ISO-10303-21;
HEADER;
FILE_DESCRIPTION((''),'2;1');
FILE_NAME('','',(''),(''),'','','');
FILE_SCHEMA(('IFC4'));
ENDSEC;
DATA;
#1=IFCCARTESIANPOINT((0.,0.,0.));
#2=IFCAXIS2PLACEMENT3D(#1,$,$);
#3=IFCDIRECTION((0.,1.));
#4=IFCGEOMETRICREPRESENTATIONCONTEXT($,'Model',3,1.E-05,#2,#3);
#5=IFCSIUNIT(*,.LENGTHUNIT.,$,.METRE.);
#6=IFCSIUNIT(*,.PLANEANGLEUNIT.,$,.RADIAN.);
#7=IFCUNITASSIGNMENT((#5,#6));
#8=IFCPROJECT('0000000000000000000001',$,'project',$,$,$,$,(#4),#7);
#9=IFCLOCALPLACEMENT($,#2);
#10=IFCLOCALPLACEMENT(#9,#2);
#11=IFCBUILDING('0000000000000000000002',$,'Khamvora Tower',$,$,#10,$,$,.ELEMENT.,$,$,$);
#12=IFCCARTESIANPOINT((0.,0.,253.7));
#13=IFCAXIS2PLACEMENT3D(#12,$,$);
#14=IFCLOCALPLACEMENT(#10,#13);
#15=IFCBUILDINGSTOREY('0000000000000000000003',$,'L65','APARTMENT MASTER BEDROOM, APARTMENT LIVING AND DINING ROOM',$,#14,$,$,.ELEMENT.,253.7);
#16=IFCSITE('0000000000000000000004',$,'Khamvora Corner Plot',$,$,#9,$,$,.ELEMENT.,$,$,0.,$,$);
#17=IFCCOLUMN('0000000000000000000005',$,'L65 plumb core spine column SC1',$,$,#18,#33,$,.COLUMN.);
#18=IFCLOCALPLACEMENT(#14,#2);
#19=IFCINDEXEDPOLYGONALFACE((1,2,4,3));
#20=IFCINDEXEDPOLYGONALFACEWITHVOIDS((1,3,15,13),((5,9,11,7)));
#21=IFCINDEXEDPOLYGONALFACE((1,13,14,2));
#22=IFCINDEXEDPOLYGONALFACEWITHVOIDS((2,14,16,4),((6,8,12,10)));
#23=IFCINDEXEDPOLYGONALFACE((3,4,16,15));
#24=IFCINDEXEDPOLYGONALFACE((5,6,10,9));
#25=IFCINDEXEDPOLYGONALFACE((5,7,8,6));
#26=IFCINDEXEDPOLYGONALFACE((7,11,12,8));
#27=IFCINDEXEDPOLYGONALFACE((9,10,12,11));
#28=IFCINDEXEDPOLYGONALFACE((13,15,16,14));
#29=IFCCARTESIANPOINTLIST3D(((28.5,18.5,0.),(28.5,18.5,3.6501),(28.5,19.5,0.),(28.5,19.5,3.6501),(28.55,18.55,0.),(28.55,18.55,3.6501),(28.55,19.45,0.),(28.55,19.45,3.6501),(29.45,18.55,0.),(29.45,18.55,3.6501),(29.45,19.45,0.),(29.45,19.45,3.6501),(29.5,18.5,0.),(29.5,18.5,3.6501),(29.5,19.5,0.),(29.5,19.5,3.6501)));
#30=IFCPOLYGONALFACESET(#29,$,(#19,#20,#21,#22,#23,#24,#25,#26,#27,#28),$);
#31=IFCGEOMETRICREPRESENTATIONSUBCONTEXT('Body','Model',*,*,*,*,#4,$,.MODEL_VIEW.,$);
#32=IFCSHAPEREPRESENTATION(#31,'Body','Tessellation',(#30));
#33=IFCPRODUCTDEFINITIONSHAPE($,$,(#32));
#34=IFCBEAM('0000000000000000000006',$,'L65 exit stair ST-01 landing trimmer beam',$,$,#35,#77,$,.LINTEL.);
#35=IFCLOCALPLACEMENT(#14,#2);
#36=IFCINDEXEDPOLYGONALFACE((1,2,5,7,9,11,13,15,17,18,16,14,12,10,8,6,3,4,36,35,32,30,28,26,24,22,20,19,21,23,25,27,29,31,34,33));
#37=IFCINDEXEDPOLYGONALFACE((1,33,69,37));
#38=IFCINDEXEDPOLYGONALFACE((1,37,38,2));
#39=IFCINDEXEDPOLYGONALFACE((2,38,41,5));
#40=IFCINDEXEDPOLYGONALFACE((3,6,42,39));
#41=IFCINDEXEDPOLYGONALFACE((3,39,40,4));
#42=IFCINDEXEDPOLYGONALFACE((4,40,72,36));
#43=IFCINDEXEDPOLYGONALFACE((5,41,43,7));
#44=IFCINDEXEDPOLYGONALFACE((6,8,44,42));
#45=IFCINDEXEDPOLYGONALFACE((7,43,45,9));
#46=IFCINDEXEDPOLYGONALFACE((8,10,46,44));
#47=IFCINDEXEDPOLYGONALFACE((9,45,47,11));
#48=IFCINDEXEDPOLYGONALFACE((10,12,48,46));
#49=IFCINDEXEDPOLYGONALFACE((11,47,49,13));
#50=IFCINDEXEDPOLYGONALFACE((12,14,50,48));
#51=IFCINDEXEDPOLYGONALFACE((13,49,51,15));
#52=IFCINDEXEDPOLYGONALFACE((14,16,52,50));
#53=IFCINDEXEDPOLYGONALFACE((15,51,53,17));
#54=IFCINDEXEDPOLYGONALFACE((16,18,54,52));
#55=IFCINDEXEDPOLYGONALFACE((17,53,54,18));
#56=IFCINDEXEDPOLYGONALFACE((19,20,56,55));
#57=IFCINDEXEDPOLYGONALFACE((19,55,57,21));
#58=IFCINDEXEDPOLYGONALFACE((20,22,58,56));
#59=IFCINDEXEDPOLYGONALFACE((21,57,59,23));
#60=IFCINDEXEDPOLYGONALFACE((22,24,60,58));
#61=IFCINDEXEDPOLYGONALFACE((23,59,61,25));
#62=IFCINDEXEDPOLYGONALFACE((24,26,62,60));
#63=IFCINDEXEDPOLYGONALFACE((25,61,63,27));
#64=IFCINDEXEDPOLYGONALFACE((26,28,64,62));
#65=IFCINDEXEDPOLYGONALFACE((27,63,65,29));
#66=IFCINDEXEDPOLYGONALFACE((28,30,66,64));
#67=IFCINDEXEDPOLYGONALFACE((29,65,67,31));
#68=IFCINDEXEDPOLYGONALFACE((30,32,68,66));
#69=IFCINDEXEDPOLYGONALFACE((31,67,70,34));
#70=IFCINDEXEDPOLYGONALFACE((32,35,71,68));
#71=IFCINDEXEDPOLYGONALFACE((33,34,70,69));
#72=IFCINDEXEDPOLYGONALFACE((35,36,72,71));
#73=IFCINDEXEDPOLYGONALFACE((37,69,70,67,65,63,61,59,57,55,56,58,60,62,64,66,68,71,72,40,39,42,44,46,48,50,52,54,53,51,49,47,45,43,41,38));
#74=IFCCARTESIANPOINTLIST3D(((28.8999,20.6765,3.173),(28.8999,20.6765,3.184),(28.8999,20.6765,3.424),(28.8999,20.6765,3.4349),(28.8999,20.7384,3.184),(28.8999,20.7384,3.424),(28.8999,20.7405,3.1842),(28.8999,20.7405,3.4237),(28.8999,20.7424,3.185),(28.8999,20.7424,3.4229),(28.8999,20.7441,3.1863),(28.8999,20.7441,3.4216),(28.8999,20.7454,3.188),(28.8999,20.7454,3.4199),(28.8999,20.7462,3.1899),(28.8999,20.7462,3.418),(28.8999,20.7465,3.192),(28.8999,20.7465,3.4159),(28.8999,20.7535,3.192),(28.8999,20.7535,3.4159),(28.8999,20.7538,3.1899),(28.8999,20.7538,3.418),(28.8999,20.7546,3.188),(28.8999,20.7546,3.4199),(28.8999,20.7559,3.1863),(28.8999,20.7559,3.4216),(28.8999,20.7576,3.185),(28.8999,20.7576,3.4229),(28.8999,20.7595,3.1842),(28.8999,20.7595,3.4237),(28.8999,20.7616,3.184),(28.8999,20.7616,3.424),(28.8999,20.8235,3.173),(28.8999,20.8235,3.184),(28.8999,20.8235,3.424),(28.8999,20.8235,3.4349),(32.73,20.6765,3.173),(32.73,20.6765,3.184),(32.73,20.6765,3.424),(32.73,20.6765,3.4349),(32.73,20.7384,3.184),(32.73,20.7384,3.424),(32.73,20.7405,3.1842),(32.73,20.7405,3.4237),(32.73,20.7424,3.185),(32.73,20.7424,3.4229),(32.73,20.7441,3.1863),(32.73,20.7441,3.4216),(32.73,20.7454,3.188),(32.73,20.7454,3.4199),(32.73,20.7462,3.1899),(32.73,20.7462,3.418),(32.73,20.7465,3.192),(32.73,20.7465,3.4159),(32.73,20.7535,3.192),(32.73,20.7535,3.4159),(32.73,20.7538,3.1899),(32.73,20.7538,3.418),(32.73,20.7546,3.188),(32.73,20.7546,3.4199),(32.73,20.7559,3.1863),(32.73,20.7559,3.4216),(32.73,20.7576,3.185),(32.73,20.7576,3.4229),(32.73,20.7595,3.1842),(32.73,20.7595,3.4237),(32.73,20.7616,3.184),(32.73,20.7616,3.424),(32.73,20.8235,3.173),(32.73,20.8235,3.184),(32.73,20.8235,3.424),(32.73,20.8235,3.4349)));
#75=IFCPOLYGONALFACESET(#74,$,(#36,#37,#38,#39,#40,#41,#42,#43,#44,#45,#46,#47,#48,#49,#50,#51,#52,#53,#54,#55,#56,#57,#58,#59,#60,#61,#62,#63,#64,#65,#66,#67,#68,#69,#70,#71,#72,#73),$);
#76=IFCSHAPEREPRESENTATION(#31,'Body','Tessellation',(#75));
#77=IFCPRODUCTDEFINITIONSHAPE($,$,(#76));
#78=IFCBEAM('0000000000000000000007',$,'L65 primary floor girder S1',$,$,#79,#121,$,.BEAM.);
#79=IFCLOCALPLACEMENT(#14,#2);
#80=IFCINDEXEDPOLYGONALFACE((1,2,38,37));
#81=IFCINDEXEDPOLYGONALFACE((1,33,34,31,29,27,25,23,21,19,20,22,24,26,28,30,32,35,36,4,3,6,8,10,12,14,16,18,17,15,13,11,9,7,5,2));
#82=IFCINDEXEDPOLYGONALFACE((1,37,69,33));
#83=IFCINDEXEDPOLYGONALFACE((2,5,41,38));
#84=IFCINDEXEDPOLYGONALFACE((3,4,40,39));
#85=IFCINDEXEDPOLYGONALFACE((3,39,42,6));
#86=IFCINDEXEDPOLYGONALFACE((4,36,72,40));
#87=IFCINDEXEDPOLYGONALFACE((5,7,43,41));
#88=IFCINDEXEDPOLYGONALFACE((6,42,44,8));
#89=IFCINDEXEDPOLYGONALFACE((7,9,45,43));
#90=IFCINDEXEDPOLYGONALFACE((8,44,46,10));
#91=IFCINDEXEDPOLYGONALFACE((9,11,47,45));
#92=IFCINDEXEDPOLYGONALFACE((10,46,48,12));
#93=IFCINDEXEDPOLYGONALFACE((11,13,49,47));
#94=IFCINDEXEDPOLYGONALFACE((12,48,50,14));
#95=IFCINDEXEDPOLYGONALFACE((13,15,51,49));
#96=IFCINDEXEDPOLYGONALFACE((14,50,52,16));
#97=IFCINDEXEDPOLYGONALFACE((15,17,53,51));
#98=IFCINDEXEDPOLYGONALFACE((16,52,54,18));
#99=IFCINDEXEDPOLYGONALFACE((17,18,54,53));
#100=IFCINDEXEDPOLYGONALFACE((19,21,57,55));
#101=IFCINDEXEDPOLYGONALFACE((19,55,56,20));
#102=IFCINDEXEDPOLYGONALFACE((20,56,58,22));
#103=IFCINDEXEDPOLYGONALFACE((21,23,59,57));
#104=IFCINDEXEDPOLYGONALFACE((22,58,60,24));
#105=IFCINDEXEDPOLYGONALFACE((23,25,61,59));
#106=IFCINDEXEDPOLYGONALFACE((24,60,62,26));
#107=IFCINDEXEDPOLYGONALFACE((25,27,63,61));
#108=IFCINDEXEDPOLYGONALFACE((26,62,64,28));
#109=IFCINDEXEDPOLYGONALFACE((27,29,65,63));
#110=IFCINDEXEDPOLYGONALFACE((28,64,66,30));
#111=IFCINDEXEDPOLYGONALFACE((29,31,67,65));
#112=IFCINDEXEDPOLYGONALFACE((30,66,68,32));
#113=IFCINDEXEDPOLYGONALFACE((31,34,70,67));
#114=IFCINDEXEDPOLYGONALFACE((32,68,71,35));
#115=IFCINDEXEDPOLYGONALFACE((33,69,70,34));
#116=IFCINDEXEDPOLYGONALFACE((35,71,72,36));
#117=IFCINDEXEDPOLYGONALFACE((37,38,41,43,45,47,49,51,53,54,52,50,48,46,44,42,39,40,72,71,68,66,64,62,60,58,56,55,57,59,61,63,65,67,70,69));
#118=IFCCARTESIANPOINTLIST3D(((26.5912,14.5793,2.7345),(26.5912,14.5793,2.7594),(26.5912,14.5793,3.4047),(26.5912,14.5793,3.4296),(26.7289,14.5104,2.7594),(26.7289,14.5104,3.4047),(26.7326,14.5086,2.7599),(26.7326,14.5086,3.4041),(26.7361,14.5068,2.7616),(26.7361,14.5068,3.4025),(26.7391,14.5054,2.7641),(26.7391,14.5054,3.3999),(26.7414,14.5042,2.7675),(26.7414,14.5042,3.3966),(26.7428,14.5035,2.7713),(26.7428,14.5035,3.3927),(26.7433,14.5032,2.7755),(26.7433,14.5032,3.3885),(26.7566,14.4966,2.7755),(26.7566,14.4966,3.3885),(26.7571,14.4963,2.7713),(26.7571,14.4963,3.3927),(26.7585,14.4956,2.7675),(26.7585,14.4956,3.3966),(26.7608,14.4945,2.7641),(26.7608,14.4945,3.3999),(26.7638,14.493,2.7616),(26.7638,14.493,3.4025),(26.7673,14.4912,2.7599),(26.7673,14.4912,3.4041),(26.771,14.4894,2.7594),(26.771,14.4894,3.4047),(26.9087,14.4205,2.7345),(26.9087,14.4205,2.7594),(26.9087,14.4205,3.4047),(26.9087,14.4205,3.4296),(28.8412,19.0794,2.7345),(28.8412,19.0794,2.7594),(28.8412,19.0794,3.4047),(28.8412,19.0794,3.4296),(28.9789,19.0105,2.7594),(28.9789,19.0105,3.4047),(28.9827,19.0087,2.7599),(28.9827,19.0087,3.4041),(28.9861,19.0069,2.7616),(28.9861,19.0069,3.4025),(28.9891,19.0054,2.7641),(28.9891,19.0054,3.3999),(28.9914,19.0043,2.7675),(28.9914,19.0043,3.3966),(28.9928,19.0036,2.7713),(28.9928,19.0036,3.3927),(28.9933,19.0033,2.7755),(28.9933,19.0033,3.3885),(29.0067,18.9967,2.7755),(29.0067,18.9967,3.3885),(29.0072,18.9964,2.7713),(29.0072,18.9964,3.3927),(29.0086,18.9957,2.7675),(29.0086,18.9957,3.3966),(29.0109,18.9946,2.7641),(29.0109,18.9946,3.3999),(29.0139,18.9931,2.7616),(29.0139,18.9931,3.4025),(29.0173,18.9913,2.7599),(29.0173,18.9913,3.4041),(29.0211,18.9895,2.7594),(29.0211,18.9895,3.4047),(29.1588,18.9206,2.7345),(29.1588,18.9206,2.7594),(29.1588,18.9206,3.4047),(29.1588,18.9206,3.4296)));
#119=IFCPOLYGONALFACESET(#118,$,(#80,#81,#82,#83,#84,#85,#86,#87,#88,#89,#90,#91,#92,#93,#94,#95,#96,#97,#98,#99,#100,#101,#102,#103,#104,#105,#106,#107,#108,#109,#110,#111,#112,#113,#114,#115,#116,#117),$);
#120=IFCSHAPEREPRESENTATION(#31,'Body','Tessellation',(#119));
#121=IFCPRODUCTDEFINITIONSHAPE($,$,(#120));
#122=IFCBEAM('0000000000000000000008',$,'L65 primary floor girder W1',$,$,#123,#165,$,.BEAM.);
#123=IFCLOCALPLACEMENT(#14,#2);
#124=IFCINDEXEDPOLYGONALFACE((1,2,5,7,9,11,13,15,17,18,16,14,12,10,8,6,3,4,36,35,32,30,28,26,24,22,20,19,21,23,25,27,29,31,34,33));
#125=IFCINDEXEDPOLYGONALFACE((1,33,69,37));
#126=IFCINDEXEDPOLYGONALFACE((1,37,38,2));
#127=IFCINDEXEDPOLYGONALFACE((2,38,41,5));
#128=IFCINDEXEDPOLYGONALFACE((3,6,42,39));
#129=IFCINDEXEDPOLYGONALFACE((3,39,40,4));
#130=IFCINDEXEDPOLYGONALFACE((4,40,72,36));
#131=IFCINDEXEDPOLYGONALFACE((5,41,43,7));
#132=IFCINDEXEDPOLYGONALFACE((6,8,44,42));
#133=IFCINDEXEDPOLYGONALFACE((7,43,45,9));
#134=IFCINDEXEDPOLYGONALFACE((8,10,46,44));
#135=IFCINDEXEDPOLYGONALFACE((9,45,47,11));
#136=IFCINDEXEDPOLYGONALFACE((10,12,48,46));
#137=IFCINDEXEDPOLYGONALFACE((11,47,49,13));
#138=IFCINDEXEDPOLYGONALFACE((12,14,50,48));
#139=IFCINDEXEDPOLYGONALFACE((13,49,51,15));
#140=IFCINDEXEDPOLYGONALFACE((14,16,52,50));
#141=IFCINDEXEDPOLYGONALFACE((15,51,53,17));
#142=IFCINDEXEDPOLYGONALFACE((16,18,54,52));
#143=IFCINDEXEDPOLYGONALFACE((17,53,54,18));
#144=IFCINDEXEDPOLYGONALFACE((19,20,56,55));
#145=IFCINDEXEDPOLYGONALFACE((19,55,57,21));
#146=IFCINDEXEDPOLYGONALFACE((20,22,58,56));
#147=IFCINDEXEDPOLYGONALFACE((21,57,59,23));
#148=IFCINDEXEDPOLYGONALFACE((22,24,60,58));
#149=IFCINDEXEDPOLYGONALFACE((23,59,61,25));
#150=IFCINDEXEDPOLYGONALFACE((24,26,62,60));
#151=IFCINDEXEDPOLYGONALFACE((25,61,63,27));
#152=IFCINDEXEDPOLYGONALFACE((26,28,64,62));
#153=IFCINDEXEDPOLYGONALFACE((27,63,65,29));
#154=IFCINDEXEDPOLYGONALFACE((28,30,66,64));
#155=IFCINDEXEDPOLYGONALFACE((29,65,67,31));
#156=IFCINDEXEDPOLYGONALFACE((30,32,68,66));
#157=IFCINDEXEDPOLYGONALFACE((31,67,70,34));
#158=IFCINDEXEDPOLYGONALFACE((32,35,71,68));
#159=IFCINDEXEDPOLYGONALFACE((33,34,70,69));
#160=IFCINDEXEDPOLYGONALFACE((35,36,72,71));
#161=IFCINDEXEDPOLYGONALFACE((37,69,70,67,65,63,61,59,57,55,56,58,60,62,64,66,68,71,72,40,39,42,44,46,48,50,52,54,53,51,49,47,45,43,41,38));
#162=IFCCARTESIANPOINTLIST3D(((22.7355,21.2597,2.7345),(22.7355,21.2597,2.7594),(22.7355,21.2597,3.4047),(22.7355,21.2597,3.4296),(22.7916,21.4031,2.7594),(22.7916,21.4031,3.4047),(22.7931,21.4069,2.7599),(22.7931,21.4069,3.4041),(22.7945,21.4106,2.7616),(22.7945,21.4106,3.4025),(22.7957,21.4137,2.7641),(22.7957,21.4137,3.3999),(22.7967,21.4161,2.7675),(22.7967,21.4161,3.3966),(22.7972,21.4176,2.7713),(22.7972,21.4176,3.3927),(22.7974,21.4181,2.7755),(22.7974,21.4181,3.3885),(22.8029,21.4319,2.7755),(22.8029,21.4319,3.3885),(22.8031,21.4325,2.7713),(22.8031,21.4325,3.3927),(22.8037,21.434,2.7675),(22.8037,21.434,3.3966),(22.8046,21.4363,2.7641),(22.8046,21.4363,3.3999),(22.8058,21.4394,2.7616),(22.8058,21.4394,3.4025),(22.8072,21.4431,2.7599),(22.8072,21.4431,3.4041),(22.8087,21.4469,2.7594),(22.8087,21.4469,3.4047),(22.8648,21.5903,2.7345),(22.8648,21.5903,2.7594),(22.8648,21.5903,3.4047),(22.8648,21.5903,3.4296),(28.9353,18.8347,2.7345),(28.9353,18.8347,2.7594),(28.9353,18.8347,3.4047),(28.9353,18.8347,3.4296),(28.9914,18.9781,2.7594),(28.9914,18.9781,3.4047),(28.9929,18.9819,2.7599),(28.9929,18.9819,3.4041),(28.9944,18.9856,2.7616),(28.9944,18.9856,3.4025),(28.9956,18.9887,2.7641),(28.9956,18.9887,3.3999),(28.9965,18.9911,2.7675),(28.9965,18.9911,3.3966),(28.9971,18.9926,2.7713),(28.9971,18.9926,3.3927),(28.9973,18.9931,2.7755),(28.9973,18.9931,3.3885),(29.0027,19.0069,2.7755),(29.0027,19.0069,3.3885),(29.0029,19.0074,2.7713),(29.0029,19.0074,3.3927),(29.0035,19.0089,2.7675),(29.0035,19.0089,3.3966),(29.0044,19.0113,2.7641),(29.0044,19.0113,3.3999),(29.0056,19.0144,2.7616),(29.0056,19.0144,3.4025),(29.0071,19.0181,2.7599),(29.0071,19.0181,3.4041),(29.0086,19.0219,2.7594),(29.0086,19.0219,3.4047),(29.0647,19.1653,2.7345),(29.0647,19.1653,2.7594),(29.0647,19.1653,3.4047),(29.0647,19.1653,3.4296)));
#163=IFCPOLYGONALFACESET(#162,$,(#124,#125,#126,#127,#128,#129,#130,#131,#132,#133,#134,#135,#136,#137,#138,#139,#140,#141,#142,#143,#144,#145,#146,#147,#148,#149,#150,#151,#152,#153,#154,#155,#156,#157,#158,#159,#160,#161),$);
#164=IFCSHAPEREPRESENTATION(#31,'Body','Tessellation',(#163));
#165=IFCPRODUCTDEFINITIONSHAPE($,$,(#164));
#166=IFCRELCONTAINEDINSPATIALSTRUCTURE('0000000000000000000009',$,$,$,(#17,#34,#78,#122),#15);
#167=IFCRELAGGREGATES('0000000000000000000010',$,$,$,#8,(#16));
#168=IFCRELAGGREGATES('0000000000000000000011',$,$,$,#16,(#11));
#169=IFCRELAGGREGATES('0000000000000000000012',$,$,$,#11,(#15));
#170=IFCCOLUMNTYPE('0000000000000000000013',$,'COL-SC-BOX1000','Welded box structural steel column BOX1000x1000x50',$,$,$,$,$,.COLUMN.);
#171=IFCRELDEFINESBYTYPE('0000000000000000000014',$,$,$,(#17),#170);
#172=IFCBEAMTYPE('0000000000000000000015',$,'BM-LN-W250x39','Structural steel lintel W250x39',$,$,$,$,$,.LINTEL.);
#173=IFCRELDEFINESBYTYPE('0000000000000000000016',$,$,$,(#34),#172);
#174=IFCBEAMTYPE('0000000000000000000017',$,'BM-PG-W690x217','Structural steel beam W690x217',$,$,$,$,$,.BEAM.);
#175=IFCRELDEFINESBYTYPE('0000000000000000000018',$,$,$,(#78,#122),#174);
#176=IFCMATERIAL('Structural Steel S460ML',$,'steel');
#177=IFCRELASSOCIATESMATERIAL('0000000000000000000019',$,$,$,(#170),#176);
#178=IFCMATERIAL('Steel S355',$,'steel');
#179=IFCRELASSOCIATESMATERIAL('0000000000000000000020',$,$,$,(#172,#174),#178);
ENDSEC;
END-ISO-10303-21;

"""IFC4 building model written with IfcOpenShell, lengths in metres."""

from ifc_helpers import new_model, si_unit, direction, frame, origin, origin_2d, place, context, subcontext, project, spatial, hollow_rectangle, i_section, extrude, material, material_profile, profile_set, type_object, element, save


model = new_model("IFC4")

# Units and contexts
model_context = context("Model", 3, precision=1e-05, world=origin(), true_north=direction((0.0, 1.0)))
body_context = subcontext(model_context, "Body", "Model", "MODEL_VIEW")
ifc_project = project(units=[si_unit("LENGTHUNIT", "METRE"), si_unit("PLANEANGLEUNIT", "RADIAN")], contexts=[model_context])

# Site, building, storey
site_placement = place(None, origin())
site = spatial("IfcSite", under=ifc_project, at=site_placement, Name="Khamvora Corner Plot", CompositionType="ELEMENT", RefElevation=0.0)
building_placement = place(site_placement, origin())
building = spatial("IfcBuilding", under=site, at=building_placement, Name="Khamvora Tower", CompositionType="ELEMENT")
storey_placement = place(building_placement, frame((0.0, 0.0, 253.7)))
storey = spatial("IfcBuildingStorey", under=building, at=storey_placement, Name="L65", Description="APARTMENT MASTER BEDROOM, APARTMENT LIVING AND DINING ROOM", CompositionType="ELEMENT", Elevation=253.7)

# Column
ifc_material_1 = material(Name="Structural Steel S460ML", Category="steel")
ifc_material_profile_1 = material_profile(ifc_material_1, hollow_rectangle(XDim=1.0, YDim=1.0, WallThickness=0.05, at=origin_2d()), Name="BOX1000x1000x50")
ifc_profile_set_1 = profile_set([ifc_material_profile_1], Name="Structural Steel S460ML")
column_type = type_object("IfcColumnType", Name="COL-SC-BOX1000", Description="Welded box structural steel column BOX1000x1000x50", PredefinedType="COLUMN", material=ifc_profile_set_1)
column_placement = place(storey_placement, frame((29.0, 19.0, 0.0), z_axis=(0.0, 0.0, 1.0), x_axis=(1.0, 0.0, 0.0)))
element("IfcColumn", 1, at=column_placement, inside=storey, type_object=column_type, Name="L65 plumb core spine column SC1", PredefinedType="COLUMN", context=body_context, shape_type="SweptSolid", body=[
    extrude(hollow_rectangle(XDim=1.0, YDim=1.0, WallThickness=0.05, at=origin_2d()), origin(), (0.0, 0.0, 1.0), 3.6501),
])

# Beams
ifc_material_2 = material(Name="Steel S355", Category="steel")
ifc_material_profile_2 = material_profile(ifc_material_2, i_section(OverallWidth=0.147, OverallDepth=0.262, WebThickness=0.0071, FlangeThickness=0.011, FilletRadius=0.0081, at=origin_2d()), Name="W250x39")
ifc_profile_set_2 = profile_set([ifc_material_profile_2], Name="Steel S355")
beam_type_1 = type_object("IfcBeamType", Name="BM-LN-W250x39", Description="Structural steel lintel W250x39", PredefinedType="LINTEL", material=ifc_profile_set_2)
beam_1_placement = place(storey_placement, frame((28.8999, 20.75, 3.304), z_axis=(1.0, 0.0, 0.0), x_axis=(0.0, 1.0, 0.0)))
element("IfcBeam", 2, at=beam_1_placement, inside=storey, type_object=beam_type_1, Name="L65 exit stair ST-01 landing trimmer beam", PredefinedType="LINTEL", context=body_context, shape_type="SweptSolid", body=[
    extrude(i_section(OverallWidth=0.147, OverallDepth=0.262, WebThickness=0.0071, FlangeThickness=0.011, FilletRadius=0.0081, at=origin_2d()), origin(), (0.0, 0.0, 1.0), 3.8301),
])
ifc_material_profile_3 = material_profile(ifc_material_2, i_section(OverallWidth=0.355, OverallDepth=0.6951, WebThickness=0.0149, FlangeThickness=0.0249, FilletRadius=0.0161, at=origin_2d()), Name="W690x217")
ifc_profile_set_3 = profile_set([ifc_material_profile_3], Name="Steel S355")
beam_type_2 = type_object("IfcBeamType", Name="BM-PG-W690x217", Description="Structural steel beam W690x217", PredefinedType="BEAM", material=ifc_profile_set_3)
beam_2_placement = place(storey_placement, frame((29.0, 19.0, 3.082), z_axis=(-0.447214, -0.894427, 0.0), x_axis=(0.894427, -0.447214, 0.0)))
element("IfcBeam", 3, at=beam_2_placement, inside=storey, type_object=beam_type_2, Name="L65 primary floor girder S1", PredefinedType="BEAM", context=body_context, shape_type="SweptSolid", body=[
    extrude(i_section(OverallWidth=0.355, OverallDepth=0.6951, WebThickness=0.0149, FlangeThickness=0.0249, FilletRadius=0.0161, at=origin_2d()), origin(), (0.0, 0.0, 1.0), 5.0312),
])
beam_3_placement = place(storey_placement, frame((29.0, 19.0, 3.082), z_axis=(-0.931295, 0.364267, 0.0), x_axis=(-0.364267, -0.931295, 0.0)))
element("IfcBeam", 4, at=beam_3_placement, inside=storey, type_object=beam_type_2, Name="L65 primary floor girder W1", PredefinedType="BEAM", context=body_context, shape_type="SweptSolid", body=[
    extrude(i_section(OverallWidth=0.355, OverallDepth=0.6951, WebThickness=0.0149, FlangeThickness=0.0249, FilletRadius=0.0161, at=origin_2d()), origin(), (0.0, 0.0, 1.0), 6.6572),
])

save(model, "model.ifc")
